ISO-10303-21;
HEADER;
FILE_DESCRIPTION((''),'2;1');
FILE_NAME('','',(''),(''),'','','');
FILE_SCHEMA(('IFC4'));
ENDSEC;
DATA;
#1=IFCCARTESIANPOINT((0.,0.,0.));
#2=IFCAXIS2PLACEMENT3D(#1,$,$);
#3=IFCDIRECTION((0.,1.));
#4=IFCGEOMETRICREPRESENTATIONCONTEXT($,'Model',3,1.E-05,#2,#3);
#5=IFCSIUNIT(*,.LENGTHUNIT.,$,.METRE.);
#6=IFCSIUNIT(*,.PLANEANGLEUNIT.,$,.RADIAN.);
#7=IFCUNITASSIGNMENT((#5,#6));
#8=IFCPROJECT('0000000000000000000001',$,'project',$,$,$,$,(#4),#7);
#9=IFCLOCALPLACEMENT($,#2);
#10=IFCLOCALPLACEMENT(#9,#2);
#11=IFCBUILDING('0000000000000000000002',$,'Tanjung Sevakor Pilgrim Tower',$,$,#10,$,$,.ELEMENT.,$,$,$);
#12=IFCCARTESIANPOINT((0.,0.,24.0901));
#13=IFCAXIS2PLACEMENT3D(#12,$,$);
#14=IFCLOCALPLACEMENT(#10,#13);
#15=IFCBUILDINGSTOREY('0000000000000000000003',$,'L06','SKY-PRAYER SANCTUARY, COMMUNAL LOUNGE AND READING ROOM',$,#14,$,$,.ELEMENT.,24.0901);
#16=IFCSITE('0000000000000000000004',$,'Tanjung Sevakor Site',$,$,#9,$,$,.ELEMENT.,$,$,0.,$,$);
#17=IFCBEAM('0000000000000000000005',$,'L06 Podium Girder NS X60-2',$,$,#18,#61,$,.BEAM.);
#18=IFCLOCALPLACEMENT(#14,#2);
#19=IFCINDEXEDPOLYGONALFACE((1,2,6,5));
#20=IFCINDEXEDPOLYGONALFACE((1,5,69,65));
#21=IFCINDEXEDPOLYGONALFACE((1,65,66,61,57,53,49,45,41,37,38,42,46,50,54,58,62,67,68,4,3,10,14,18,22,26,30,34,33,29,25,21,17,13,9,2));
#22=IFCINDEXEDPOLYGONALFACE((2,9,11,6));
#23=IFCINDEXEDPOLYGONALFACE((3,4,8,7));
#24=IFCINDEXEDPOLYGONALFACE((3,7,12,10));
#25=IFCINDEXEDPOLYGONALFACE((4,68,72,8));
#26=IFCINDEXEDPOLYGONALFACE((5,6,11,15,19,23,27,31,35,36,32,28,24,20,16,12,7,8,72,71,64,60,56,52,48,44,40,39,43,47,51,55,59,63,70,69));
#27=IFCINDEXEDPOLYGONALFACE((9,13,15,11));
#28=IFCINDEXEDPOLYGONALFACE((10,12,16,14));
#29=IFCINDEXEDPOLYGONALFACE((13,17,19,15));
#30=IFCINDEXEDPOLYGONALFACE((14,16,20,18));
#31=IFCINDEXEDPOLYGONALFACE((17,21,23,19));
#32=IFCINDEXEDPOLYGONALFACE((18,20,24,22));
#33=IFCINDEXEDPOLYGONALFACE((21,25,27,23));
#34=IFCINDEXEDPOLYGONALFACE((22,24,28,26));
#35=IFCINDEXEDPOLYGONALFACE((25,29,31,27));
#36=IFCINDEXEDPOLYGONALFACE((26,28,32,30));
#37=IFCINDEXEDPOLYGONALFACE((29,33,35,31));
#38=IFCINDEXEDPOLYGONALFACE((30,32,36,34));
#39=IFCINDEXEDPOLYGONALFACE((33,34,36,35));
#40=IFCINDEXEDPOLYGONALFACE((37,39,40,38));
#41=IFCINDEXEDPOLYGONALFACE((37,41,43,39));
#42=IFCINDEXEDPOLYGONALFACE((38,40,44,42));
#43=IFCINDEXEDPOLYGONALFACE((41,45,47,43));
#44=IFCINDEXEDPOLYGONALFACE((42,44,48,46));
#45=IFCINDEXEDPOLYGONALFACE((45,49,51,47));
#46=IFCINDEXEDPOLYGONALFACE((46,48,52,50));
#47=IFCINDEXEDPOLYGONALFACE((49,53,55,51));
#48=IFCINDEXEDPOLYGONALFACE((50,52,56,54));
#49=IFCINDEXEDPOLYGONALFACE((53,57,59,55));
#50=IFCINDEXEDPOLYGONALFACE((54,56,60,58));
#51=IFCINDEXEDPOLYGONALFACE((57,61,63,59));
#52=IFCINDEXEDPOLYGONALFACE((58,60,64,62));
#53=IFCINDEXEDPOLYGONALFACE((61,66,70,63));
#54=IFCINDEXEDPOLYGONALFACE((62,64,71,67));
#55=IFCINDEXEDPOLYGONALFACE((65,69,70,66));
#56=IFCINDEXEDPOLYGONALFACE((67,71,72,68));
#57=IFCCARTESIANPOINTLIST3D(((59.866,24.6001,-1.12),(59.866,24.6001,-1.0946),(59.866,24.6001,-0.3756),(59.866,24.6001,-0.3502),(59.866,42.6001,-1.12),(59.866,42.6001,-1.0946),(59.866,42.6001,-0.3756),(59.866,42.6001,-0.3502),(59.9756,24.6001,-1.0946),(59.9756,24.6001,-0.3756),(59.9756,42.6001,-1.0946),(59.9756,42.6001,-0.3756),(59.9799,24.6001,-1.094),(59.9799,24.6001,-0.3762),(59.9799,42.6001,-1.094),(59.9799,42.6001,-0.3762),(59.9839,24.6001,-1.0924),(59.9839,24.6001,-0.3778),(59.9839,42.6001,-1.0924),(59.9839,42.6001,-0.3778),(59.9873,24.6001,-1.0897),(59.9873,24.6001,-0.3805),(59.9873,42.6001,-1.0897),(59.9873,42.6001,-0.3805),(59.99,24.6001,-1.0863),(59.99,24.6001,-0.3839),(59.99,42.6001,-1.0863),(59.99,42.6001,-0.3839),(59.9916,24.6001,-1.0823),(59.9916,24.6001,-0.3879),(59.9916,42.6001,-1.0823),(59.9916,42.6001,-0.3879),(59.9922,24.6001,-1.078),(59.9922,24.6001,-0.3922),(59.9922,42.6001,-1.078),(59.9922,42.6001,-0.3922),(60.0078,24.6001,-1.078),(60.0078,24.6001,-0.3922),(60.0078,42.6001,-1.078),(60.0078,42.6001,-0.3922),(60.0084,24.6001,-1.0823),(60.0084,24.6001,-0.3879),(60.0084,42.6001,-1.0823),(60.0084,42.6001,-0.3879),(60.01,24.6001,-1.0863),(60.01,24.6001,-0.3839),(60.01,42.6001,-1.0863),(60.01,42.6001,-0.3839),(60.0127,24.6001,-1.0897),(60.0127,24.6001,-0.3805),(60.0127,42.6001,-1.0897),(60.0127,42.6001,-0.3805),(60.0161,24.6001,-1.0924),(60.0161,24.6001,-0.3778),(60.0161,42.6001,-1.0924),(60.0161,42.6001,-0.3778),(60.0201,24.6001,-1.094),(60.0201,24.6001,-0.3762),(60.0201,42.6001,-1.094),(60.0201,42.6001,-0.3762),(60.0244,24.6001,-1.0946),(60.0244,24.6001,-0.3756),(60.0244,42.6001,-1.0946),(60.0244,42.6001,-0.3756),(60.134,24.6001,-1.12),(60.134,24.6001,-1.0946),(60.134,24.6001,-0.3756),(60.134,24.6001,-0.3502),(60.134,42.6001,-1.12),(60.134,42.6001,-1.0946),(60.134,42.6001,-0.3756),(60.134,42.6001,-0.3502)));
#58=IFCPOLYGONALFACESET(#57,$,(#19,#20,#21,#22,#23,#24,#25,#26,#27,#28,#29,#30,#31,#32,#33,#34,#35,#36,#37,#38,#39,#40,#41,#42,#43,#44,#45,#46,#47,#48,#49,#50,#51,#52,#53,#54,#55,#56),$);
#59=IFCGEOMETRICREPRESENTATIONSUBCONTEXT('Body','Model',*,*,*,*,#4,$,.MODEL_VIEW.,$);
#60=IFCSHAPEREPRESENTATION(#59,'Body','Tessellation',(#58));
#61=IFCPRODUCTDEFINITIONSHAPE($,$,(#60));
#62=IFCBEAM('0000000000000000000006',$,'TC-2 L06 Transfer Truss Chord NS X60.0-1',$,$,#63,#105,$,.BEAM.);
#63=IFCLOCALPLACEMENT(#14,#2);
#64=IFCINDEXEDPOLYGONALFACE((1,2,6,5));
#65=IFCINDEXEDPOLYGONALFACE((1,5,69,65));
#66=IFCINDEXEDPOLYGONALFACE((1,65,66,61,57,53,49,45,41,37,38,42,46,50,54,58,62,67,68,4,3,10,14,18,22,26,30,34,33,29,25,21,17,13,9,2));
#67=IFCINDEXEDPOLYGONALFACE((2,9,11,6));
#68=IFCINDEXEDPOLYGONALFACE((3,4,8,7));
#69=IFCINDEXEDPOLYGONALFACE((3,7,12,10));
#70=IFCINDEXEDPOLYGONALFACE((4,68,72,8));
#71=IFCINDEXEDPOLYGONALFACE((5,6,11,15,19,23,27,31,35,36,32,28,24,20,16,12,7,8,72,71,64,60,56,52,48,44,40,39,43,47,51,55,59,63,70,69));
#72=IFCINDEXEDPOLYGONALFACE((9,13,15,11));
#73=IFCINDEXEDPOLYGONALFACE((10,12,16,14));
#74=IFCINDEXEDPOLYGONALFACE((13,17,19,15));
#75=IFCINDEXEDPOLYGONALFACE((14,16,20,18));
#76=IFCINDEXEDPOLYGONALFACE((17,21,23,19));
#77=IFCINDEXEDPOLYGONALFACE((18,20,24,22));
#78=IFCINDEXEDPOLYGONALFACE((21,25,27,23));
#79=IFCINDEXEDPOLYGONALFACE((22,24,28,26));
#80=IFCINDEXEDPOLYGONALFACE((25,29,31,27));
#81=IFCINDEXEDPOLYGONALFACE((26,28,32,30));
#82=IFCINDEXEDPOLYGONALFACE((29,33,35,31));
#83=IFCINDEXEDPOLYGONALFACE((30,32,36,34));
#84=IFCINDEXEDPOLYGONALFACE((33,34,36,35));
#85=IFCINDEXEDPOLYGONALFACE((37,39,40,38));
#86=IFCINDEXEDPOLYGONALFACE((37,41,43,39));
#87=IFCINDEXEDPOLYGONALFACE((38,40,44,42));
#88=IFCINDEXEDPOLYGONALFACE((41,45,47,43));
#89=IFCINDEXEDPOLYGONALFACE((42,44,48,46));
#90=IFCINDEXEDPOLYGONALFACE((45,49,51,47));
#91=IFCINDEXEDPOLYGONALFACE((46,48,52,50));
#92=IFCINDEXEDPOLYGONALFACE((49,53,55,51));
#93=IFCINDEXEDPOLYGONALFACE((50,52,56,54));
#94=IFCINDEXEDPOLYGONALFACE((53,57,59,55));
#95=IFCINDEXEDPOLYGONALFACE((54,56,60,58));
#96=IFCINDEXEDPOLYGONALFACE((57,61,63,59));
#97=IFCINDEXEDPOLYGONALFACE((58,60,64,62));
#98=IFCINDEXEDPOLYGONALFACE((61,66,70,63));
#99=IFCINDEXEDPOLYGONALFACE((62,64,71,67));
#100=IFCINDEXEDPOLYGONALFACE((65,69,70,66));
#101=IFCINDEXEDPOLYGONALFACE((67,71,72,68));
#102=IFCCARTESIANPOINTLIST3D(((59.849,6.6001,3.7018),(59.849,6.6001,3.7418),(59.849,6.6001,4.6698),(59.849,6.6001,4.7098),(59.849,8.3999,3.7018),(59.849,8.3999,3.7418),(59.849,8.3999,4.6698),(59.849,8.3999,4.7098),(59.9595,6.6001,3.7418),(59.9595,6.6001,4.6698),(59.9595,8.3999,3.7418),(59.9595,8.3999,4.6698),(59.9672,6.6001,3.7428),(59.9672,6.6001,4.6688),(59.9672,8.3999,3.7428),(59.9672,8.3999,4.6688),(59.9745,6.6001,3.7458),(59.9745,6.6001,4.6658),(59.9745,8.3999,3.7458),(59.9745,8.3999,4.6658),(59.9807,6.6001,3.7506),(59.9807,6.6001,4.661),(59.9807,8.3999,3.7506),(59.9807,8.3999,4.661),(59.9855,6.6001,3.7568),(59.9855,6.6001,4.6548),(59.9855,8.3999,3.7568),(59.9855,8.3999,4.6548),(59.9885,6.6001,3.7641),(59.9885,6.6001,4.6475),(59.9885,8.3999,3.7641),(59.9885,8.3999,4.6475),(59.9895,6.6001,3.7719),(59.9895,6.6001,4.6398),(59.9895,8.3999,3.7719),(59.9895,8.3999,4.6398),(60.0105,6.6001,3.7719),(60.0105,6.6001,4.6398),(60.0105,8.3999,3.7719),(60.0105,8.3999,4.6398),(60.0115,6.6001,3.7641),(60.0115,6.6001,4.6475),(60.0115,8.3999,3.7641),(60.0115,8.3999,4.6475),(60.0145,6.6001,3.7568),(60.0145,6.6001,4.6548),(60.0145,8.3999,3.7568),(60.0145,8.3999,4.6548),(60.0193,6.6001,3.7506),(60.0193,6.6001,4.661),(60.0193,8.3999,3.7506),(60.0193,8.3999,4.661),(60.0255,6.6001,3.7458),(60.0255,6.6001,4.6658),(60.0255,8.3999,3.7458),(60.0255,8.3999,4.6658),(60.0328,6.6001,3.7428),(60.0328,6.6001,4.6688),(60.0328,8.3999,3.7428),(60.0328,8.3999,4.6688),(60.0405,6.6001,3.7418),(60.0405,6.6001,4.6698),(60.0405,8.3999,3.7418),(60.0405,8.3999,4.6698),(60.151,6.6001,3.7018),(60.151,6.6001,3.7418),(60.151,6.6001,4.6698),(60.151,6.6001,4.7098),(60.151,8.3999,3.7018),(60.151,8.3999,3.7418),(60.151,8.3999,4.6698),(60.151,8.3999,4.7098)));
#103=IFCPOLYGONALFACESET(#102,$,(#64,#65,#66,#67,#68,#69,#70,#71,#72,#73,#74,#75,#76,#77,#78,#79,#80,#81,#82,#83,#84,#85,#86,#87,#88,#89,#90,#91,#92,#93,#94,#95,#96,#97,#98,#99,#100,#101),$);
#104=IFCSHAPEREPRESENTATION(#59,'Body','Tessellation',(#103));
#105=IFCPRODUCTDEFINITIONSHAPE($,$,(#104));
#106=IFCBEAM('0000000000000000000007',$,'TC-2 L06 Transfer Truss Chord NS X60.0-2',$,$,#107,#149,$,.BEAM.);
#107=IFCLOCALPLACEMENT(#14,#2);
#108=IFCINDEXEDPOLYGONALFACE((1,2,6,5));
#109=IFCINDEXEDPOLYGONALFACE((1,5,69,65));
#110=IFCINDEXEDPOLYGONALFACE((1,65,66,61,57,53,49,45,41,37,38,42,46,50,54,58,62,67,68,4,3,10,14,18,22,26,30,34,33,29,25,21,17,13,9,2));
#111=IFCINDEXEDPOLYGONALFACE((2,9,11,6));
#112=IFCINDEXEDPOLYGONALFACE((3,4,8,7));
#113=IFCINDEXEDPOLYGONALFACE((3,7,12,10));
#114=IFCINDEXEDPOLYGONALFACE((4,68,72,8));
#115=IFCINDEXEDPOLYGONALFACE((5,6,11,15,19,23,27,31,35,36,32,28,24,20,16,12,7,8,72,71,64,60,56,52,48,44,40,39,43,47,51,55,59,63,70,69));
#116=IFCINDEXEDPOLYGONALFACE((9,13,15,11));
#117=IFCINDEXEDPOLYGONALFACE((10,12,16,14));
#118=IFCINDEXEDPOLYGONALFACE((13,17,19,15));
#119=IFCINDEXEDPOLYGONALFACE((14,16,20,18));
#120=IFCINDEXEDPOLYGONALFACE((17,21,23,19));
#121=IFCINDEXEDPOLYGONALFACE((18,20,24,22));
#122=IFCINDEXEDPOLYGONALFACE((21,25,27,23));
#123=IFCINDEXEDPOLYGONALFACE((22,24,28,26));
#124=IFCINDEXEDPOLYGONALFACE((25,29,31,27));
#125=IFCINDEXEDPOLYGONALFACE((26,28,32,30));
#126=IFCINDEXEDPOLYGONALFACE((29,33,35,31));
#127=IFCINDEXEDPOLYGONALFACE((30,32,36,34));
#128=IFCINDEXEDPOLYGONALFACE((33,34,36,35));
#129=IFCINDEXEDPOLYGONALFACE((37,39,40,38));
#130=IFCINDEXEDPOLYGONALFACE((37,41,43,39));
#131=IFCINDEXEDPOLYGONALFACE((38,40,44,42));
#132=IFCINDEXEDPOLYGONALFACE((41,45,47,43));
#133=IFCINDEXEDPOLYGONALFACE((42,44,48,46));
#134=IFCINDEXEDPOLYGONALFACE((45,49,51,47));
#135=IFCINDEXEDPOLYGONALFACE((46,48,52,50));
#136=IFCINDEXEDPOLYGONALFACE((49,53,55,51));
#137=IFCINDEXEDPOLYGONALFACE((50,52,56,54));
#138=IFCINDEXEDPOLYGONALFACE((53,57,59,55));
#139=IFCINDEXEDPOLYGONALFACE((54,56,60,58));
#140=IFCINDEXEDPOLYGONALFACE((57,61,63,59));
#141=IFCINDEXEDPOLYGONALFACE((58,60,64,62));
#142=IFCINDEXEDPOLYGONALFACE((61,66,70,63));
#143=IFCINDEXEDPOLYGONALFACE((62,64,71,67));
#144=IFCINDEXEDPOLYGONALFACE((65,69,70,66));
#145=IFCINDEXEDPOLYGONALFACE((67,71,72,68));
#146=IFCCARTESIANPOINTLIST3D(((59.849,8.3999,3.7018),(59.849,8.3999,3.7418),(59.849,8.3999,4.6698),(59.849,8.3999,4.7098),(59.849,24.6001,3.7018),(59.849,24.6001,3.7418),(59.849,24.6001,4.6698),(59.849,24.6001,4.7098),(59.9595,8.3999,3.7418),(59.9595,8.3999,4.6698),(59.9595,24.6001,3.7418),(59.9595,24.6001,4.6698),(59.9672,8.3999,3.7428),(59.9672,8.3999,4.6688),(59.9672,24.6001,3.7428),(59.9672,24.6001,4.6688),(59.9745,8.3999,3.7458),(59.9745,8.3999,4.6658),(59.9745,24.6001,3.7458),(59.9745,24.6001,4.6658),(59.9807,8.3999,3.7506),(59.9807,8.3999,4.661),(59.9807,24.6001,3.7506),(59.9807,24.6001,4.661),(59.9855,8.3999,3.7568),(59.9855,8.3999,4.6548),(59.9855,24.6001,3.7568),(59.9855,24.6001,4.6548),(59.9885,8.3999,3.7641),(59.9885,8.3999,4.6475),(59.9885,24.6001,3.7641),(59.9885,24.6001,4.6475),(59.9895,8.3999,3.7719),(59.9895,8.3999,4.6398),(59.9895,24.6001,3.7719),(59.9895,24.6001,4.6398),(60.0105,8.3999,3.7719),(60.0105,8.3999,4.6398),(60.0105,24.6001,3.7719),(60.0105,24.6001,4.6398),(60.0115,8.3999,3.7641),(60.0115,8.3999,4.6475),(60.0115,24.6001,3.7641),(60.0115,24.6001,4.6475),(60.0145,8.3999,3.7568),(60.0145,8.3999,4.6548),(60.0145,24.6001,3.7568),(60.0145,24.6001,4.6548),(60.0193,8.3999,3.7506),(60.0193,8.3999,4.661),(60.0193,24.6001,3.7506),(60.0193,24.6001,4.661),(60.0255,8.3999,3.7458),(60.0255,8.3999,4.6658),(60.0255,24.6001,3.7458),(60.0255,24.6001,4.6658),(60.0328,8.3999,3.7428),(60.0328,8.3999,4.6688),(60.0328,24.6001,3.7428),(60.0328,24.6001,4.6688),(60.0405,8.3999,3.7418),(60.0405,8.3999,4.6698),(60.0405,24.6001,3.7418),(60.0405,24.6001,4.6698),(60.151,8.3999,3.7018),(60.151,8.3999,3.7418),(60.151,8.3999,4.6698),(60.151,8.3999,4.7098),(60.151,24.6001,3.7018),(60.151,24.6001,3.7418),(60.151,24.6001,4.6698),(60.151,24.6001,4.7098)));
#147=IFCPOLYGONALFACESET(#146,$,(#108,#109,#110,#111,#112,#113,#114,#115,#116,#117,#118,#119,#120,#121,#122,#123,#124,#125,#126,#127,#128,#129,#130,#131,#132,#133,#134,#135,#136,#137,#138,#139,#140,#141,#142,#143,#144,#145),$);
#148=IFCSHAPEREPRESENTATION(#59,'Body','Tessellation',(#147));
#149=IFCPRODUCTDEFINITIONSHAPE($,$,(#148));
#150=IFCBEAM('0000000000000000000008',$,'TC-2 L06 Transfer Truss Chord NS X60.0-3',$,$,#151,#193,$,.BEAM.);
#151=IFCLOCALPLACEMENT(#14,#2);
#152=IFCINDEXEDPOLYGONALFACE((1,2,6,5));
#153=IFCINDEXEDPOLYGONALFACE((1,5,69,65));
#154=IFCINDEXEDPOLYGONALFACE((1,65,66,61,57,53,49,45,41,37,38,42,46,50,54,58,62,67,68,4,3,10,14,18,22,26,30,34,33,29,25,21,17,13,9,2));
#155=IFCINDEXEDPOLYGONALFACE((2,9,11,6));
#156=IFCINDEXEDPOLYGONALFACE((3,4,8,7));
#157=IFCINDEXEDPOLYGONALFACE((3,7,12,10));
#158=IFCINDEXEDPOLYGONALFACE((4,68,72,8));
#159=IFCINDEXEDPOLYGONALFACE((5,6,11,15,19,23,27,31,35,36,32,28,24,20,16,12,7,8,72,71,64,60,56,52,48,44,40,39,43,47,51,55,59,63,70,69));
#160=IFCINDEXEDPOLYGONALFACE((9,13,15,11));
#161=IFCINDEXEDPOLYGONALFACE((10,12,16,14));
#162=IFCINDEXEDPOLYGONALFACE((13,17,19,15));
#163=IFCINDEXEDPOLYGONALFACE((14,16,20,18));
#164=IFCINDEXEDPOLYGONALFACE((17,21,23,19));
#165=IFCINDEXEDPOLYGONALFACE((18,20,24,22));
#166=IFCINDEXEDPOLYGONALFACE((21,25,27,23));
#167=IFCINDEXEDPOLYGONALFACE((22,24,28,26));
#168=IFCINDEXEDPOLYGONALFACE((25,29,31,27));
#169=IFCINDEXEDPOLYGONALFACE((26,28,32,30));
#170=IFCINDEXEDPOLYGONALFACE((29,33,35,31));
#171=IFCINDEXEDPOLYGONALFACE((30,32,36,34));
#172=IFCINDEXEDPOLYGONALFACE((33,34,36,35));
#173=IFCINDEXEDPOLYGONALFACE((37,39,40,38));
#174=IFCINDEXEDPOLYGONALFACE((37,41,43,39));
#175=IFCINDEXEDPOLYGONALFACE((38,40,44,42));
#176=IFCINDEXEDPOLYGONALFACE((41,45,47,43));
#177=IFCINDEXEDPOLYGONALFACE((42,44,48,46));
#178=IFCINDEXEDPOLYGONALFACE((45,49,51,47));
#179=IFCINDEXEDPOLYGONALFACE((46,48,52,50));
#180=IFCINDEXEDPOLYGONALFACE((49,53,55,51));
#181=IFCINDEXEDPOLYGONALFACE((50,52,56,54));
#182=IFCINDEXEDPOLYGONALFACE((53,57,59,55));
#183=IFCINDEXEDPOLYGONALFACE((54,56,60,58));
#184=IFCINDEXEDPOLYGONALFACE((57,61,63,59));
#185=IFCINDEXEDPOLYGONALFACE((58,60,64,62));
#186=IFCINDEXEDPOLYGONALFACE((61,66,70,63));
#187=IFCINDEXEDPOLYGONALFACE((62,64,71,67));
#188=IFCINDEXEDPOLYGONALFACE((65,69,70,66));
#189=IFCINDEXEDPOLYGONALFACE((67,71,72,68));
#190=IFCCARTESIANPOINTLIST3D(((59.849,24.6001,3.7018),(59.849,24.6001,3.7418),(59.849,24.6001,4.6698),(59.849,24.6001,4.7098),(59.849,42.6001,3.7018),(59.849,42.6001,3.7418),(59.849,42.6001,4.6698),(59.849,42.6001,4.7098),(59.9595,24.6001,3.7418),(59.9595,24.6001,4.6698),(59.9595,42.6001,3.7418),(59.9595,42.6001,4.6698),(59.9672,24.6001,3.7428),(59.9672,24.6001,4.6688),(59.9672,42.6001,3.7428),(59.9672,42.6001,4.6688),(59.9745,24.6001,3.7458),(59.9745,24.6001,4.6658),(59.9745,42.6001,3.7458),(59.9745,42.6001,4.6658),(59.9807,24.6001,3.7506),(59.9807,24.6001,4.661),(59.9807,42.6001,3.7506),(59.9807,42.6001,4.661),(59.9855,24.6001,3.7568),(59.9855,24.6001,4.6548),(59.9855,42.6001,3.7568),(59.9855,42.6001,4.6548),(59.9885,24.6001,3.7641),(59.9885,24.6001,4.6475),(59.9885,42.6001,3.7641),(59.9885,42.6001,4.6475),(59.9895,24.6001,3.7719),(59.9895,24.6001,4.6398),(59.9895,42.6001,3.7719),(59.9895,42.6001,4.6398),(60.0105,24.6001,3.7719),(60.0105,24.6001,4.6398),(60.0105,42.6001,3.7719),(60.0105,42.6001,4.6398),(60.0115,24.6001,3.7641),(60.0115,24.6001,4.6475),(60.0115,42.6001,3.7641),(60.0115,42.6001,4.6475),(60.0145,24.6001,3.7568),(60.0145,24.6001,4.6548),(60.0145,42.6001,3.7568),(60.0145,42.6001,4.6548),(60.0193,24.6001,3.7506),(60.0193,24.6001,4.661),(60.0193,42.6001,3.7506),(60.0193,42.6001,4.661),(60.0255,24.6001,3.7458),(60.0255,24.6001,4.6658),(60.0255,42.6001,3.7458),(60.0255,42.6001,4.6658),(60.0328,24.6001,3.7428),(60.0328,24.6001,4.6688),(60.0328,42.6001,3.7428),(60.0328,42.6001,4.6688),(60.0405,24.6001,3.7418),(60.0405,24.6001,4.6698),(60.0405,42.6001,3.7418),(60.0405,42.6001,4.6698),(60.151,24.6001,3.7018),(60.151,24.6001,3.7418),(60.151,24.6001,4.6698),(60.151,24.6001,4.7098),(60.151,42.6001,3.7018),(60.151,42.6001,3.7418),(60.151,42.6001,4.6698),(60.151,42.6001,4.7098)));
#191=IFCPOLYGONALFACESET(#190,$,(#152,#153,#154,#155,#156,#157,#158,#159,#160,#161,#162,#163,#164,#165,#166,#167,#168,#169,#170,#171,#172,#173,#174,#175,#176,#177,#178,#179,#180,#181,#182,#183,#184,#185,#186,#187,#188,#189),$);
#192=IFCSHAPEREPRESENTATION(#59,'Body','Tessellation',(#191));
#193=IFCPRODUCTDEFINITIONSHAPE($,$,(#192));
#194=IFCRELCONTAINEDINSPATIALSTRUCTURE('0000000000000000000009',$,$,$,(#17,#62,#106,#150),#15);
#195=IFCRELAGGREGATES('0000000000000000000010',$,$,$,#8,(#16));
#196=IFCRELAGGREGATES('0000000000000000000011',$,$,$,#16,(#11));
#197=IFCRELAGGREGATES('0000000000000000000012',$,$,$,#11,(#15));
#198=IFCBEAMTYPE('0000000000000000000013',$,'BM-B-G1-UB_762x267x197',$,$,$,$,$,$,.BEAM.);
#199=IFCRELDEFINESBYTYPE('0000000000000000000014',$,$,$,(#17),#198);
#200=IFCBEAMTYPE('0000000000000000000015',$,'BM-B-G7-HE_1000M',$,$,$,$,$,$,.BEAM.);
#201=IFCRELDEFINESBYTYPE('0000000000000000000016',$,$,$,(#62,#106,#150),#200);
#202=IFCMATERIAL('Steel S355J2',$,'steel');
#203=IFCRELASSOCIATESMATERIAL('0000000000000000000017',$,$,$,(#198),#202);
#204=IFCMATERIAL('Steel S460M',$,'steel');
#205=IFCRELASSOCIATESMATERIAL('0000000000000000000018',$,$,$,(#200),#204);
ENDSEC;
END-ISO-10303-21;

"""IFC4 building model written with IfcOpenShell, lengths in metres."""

from ifc_helpers import new_model, si_unit, direction, frame, origin, origin_2d, place, context, subcontext, project, spatial, i_section, extrude, material, material_profile, profile_set, type_object, element, save


model = new_model("IFC4")

# Units and contexts
model_context = context("Model", 3, precision=1e-05, world=origin(), true_north=direction((0.0, 1.0)))
body_context = subcontext(model_context, "Body", "Model", "MODEL_VIEW")
ifc_project = project(units=[si_unit("LENGTHUNIT", "METRE"), si_unit("PLANEANGLEUNIT", "RADIAN")], contexts=[model_context])

# Site, building, storey
site_placement = place(None, origin())
site = spatial("IfcSite", under=ifc_project, at=site_placement, Name="Tanjung Sevakor Site", CompositionType="ELEMENT", RefElevation=0.0)
building_placement = place(site_placement, origin())
building = spatial("IfcBuilding", under=site, at=building_placement, Name="Tanjung Sevakor Pilgrim Tower", CompositionType="ELEMENT")
storey_placement = place(building_placement, frame((0.0, 0.0, 24.0901)))
storey = spatial("IfcBuildingStorey", under=building, at=storey_placement, Name="L06", Description="SKY-PRAYER SANCTUARY, COMMUNAL LOUNGE AND READING ROOM", CompositionType="ELEMENT", Elevation=24.0901)

# Beams
ifc_material_1 = material(Name="Steel S355J2", Category="steel")
ifc_material_profile_1 = material_profile(ifc_material_1, i_section(OverallWidth=0.2681, OverallDepth=0.7698, WebThickness=0.0156, FlangeThickness=0.0254, FilletRadius=0.0166, at=origin_2d()))
ifc_profile_set_1 = profile_set([ifc_material_profile_1], Name="Steel S355J2")
beam_type_1 = type_object("IfcBeamType", Name="BM-B-G1-UB_762x267x197", PredefinedType="BEAM", material=ifc_profile_set_1)
for number, where, z_axis, x_axis, name in (
    (1, (60.0, 24.6001, -0.7351), (0.0, 1.0, 0.0), (-1.0, 0.0, 0.0), "L06 Podium Girder NS X60-2"),
):
    element("IfcBeam", number, at=place(storey_placement, frame(where, z_axis=z_axis, x_axis=x_axis)), inside=storey, type_object=beam_type_1, Name=name, PredefinedType="BEAM", context=body_context, shape_type="SweptSolid", body=[
        extrude(i_section(OverallWidth=0.2681, OverallDepth=0.7698, WebThickness=0.0156, FlangeThickness=0.0254, FilletRadius=0.0166, at=origin_2d()), origin(), (0.0, 0.0, 1.0), 18.0),
    ])
ifc_material_2 = material(Name="Steel S460M", Category="steel")
ifc_material_profile_2 = material_profile(ifc_material_2, i_section(OverallWidth=0.302, OverallDepth=1.0081, WebThickness=0.021, FlangeThickness=0.04, FilletRadius=0.03, at=origin_2d()))
ifc_profile_set_2 = profile_set([ifc_material_profile_2], Name="Steel S460M")
beam_type_2 = type_object("IfcBeamType", Name="BM-B-G7-HE_1000M", PredefinedType="BEAM", material=ifc_profile_set_2)
beam_1_placement = place(storey_placement, frame((60.0, 6.6001, 4.2058), z_axis=(0.0, 1.0, 0.0), x_axis=(-1.0, 0.0, 0.0)))
element("IfcBeam", 2, at=beam_1_placement, inside=storey, type_object=beam_type_2, Name="TC-2 L06 Transfer Truss Chord NS X60.0-1", PredefinedType="BEAM", context=body_context, shape_type="SweptSolid", body=[
    extrude(i_section(OverallWidth=0.302, OverallDepth=1.0081, WebThickness=0.021, FlangeThickness=0.04, FilletRadius=0.03, at=origin_2d()), origin(), (0.0, 0.0, 1.0), 1.7998),
])
beam_2_placement = place(storey_placement, frame((60.0, 8.3999, 4.2058), z_axis=(0.0, 1.0, 0.0), x_axis=(-1.0, 0.0, 0.0)))
element("IfcBeam", 3, at=beam_2_placement, inside=storey, type_object=beam_type_2, Name="TC-2 L06 Transfer Truss Chord NS X60.0-2", PredefinedType="BEAM", context=body_context, shape_type="SweptSolid", body=[
    extrude(i_section(OverallWidth=0.302, OverallDepth=1.0081, WebThickness=0.021, FlangeThickness=0.04, FilletRadius=0.03, at=origin_2d()), origin(), (0.0, 0.0, 1.0), 16.2002),
])
beam_3_placement = place(storey_placement, frame((60.0, 24.6001, 4.2058), z_axis=(0.0, 1.0, 0.0), x_axis=(-1.0, 0.0, 0.0)))
element("IfcBeam", 4, at=beam_3_placement, inside=storey, type_object=beam_type_2, Name="TC-2 L06 Transfer Truss Chord NS X60.0-3", PredefinedType="BEAM", context=body_context, shape_type="SweptSolid", body=[
    extrude(i_section(OverallWidth=0.302, OverallDepth=1.0081, WebThickness=0.021, FlangeThickness=0.04, FilletRadius=0.03, at=origin_2d()), origin(), (0.0, 0.0, 1.0), 18.0),
])

save(model, "model.ifc")
